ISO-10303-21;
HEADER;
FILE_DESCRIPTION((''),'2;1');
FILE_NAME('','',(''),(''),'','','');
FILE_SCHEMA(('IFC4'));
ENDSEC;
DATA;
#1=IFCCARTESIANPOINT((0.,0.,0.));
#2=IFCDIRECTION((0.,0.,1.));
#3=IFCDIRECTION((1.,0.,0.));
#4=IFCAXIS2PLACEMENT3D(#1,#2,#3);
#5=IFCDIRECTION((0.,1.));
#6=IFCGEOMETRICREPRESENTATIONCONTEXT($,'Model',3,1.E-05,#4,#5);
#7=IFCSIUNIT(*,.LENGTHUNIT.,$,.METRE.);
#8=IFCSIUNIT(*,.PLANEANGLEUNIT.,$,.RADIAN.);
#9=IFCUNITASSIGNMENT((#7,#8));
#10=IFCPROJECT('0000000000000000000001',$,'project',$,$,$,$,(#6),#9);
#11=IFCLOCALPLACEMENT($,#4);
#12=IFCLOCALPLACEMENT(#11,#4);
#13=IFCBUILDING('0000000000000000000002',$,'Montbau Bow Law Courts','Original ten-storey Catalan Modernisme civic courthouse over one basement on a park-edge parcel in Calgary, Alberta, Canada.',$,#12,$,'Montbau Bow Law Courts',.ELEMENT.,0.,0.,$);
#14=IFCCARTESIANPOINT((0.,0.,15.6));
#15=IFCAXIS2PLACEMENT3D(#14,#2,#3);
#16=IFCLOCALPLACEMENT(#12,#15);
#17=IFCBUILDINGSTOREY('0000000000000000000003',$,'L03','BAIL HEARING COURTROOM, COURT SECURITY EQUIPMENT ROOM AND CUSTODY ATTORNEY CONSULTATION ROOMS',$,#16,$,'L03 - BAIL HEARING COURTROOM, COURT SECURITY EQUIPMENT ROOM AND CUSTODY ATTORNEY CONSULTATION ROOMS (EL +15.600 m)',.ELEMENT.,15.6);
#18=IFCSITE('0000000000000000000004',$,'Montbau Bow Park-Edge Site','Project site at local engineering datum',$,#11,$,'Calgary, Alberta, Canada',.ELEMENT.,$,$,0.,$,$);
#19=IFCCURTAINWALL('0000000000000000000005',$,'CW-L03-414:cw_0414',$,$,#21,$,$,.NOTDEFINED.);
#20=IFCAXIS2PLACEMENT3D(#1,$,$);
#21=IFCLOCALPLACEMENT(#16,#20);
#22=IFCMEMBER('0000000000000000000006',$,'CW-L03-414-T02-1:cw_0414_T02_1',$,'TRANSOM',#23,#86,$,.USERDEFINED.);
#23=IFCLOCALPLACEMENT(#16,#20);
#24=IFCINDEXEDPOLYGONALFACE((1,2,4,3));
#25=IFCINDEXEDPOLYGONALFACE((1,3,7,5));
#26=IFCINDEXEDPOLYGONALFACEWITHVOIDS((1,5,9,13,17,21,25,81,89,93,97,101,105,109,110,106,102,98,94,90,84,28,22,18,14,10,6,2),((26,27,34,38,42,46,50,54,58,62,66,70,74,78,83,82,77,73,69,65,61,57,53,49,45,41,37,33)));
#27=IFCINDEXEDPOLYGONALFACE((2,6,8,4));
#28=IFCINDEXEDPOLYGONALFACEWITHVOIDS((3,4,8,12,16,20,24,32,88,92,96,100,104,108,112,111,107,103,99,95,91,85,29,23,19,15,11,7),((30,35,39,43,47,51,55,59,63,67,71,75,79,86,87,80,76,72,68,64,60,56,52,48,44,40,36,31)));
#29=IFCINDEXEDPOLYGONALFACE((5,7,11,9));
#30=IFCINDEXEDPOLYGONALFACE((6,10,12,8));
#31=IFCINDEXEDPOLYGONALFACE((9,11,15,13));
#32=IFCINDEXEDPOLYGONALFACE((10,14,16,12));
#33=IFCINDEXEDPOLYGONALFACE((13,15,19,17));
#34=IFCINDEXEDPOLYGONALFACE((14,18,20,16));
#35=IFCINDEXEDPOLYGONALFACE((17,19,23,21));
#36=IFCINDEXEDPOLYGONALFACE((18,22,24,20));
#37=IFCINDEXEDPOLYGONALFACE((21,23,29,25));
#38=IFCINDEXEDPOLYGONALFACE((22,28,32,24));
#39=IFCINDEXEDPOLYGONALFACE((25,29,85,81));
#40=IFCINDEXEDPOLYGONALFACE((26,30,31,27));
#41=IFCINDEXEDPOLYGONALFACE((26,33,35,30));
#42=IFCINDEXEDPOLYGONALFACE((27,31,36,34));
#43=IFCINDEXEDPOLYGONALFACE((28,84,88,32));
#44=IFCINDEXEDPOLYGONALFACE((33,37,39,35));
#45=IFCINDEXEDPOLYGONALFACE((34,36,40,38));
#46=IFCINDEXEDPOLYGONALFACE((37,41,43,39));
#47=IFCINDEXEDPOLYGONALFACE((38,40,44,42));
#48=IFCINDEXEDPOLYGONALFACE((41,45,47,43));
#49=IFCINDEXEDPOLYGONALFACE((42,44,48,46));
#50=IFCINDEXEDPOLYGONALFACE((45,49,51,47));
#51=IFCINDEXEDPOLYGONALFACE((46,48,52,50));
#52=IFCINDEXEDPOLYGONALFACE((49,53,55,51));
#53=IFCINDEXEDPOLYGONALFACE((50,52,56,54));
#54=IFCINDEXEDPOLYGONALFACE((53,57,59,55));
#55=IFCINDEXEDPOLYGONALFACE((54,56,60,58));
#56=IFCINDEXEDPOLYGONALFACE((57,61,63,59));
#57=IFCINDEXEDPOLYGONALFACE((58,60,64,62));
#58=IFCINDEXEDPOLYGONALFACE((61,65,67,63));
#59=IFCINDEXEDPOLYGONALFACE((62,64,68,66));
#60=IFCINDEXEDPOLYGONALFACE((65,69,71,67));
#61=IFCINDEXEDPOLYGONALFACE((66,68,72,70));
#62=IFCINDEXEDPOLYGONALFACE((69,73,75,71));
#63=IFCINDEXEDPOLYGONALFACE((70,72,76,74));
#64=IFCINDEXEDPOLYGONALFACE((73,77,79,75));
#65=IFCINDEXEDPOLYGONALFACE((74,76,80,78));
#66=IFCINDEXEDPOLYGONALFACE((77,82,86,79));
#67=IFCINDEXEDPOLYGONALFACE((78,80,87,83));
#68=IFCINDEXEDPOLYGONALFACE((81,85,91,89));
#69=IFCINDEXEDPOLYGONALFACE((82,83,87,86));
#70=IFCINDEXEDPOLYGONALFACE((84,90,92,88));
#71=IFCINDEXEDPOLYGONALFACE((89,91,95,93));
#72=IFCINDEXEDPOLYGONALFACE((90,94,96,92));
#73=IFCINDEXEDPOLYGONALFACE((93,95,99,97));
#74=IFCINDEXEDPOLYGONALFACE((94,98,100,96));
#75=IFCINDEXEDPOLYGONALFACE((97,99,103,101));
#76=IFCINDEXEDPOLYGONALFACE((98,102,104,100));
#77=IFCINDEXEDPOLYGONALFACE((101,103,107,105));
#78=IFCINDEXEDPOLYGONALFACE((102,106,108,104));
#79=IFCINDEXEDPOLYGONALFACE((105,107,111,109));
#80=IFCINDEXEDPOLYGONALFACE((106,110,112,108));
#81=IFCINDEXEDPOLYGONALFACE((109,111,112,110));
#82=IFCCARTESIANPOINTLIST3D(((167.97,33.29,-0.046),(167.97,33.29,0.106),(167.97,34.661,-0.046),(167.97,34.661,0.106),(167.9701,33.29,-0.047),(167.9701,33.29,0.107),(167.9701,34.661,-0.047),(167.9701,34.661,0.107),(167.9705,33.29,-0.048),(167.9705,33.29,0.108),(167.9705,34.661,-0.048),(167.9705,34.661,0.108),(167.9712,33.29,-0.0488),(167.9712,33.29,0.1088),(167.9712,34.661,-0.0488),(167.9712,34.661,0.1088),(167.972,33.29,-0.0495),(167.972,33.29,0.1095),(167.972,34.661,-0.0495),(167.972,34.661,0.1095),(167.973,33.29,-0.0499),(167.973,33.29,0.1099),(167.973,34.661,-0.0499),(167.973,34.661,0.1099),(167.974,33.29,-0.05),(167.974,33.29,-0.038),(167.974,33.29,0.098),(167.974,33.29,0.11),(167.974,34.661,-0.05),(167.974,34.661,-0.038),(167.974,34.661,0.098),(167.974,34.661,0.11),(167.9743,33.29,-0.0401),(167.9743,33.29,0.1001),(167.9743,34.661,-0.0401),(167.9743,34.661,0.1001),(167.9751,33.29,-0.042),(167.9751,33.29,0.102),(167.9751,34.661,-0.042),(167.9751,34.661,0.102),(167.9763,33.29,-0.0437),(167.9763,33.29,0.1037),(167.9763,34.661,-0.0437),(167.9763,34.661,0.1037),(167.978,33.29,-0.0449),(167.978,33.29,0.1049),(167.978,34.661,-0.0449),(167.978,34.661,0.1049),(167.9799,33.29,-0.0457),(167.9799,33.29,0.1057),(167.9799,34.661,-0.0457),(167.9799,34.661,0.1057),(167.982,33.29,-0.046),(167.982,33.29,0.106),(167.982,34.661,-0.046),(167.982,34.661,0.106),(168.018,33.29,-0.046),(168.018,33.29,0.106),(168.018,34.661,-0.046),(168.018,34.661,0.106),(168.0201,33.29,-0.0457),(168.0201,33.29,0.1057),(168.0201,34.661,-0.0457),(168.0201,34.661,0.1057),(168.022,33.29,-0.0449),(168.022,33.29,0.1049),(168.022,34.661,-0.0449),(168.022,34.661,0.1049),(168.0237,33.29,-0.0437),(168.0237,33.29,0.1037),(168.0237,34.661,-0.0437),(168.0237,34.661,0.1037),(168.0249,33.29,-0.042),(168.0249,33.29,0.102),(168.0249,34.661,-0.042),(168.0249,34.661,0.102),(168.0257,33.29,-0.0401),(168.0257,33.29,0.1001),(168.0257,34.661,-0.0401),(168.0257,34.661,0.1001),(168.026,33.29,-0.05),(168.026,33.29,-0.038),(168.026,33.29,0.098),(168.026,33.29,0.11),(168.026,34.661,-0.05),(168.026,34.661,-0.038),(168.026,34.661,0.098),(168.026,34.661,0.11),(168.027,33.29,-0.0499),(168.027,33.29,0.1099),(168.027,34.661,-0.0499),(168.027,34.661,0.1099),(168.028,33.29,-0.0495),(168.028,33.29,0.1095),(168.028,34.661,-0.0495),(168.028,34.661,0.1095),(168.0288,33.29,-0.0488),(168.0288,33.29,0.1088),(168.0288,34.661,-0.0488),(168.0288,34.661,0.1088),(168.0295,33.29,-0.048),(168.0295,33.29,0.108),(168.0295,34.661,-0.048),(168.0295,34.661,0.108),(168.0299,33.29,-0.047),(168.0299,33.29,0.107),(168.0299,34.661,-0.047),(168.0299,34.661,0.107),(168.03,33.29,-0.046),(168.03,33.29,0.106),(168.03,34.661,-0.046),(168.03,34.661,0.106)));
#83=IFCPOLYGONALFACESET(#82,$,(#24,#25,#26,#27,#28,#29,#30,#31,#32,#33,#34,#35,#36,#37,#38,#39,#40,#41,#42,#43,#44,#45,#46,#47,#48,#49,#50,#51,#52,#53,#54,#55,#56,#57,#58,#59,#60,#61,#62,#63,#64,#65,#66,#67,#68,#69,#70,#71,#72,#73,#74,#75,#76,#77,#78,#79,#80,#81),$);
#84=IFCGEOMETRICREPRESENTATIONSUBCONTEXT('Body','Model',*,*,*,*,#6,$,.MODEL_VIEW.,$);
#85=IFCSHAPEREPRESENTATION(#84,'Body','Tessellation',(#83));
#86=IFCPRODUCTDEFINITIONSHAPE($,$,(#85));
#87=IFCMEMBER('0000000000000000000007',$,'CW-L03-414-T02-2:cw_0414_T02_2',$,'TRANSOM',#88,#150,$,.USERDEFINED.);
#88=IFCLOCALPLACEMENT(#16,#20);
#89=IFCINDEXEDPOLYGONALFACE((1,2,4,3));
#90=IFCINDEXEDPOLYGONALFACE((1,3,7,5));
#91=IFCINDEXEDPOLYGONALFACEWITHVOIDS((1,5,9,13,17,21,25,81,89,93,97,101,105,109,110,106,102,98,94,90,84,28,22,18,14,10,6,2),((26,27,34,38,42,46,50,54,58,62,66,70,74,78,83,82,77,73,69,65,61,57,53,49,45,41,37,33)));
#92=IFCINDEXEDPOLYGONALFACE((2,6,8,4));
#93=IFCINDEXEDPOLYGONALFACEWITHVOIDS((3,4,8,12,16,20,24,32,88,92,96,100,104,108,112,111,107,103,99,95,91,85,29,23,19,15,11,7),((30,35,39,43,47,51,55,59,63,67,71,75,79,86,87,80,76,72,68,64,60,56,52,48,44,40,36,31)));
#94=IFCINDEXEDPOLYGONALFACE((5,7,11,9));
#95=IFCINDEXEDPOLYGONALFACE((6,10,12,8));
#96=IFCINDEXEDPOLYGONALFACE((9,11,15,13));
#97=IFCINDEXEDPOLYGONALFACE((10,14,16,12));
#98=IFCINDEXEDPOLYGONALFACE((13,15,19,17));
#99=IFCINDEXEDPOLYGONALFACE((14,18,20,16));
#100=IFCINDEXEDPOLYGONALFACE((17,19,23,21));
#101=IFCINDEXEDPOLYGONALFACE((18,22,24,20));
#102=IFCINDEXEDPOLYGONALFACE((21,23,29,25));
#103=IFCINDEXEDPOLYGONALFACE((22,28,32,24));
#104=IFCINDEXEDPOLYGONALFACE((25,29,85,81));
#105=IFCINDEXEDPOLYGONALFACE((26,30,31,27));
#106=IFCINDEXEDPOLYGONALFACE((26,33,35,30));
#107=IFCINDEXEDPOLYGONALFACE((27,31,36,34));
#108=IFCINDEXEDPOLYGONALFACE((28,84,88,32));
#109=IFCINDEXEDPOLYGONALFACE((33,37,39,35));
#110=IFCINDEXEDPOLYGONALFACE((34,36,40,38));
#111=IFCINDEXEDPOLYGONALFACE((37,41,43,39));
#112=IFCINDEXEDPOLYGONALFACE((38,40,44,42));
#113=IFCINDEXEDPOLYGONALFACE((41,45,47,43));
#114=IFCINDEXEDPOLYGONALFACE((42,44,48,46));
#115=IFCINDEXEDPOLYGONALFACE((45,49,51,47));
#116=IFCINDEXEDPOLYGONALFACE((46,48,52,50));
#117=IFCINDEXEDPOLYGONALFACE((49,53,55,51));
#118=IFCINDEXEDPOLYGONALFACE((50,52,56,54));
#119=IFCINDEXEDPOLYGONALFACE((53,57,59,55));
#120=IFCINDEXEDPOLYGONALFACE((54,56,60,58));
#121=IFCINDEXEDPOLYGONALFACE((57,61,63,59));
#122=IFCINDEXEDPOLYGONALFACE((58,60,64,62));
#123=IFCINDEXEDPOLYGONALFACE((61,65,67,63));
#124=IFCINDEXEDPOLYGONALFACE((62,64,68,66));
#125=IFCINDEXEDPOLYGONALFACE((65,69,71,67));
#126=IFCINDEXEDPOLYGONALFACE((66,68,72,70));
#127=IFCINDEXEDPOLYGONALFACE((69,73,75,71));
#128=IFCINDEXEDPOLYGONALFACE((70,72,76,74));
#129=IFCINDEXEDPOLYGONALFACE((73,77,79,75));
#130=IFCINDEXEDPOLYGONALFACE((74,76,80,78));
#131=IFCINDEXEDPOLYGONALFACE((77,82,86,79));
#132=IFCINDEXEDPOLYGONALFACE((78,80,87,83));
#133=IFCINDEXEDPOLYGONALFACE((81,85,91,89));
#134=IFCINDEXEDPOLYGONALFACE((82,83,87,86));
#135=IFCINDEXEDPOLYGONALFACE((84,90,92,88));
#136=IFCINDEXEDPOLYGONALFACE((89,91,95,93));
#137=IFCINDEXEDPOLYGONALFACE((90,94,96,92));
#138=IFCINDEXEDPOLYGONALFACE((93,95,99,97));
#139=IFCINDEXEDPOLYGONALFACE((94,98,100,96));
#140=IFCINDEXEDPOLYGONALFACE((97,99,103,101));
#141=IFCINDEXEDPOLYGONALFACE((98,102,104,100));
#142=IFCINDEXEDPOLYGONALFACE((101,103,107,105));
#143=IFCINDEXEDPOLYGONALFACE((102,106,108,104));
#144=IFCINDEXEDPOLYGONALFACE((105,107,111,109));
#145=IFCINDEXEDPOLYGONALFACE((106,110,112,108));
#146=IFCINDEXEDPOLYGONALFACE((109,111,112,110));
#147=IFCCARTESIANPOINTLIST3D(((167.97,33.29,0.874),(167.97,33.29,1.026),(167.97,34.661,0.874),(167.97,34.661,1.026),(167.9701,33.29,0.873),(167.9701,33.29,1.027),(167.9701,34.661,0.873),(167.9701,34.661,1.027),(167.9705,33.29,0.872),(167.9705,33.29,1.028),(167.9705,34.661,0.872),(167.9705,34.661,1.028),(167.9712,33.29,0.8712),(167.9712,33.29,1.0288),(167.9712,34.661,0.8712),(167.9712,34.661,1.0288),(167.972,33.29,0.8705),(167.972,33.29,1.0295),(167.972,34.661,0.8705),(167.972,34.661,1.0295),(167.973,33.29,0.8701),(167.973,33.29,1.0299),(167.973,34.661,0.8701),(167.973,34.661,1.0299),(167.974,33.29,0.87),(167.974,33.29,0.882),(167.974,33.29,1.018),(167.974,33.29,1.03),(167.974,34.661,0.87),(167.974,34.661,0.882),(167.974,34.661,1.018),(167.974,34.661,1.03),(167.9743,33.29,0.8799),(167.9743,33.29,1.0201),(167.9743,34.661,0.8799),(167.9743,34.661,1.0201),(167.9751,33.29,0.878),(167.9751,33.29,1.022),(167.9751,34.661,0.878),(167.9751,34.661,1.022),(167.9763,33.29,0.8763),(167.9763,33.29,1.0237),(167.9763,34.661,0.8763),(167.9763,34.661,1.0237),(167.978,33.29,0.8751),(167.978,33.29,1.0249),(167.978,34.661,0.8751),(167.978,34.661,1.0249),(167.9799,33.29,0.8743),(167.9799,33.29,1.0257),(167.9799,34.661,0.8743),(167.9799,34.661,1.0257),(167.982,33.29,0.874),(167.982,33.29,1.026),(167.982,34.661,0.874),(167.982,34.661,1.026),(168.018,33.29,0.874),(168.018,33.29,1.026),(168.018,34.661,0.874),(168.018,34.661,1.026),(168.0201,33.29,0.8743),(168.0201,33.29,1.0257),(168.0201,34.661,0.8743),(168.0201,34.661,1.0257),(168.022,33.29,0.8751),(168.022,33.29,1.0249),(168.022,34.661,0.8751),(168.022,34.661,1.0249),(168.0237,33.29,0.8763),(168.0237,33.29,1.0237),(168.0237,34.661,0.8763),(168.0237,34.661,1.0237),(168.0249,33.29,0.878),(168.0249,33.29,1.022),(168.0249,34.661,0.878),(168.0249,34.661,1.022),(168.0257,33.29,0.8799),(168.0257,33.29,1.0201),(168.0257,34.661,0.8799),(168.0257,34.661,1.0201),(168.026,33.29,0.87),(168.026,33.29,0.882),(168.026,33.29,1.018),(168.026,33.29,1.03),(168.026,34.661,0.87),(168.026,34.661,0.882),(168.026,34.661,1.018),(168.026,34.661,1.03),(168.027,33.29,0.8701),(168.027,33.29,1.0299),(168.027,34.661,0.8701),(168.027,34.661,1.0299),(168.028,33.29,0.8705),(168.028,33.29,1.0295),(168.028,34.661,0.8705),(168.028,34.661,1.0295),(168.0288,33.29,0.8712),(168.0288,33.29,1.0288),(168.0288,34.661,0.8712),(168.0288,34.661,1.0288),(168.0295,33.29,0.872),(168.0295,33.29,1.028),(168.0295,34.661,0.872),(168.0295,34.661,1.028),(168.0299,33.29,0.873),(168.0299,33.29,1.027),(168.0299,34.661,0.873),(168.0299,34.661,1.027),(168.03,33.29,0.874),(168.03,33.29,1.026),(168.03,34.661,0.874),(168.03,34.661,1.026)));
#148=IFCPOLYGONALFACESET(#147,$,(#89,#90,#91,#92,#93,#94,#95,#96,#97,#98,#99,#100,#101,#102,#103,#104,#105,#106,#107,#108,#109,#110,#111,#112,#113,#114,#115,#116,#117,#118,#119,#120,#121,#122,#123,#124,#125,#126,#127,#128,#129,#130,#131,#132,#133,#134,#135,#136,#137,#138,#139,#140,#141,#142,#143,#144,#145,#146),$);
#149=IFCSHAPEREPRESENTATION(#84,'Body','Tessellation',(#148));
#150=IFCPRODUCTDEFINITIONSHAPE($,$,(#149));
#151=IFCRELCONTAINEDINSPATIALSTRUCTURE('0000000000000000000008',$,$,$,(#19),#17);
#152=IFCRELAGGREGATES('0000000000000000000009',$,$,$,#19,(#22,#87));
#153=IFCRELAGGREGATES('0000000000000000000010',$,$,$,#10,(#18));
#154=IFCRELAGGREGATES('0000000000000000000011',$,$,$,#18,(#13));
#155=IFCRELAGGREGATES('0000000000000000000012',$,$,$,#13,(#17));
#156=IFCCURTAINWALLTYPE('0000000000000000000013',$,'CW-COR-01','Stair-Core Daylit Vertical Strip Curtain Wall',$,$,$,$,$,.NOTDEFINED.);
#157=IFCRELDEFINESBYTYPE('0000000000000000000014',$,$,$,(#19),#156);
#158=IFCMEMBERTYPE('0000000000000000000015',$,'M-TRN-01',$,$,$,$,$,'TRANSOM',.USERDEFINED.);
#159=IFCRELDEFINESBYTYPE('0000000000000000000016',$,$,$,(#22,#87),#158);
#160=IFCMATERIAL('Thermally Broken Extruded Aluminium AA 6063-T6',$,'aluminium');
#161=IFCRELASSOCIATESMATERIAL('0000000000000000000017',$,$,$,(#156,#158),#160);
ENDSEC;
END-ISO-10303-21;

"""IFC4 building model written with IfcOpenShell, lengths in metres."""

from ifc_helpers import new_model, si_unit, direction, frame, origin_with_axes, origin_2d_with_axis, place, context, subcontext, project, spatial, hollow_rectangle, extrude, material, material_profile, profile_set, type_object, element, aggregate, save


model = new_model("IFC4")

# Units and contexts
model_context = context("Model", 3, precision=1e-05, world=origin_with_axes(), true_north=direction((0.0, 1.0)))
body_context = subcontext(model_context, "Body", "Model", "MODEL_VIEW")
ifc_project = project(units=[si_unit("LENGTHUNIT", "METRE"), si_unit("PLANEANGLEUNIT", "RADIAN")], contexts=[model_context])

# Site, building, storey
site_placement = place(None, origin_with_axes())
site = spatial("IfcSite", under=ifc_project, at=site_placement, Name="Montbau Bow Park-Edge Site", Description="Project site at local engineering datum", LongName="Calgary, Alberta, Canada", CompositionType="ELEMENT", RefElevation=0.0)
building_placement = place(site_placement, origin_with_axes())
building = spatial("IfcBuilding", under=site, at=building_placement, Name="Montbau Bow Law Courts", Description="Original ten-storey Catalan Modernisme civic courthouse over one basement on a park-edge parcel in Calgary, Alberta, Canada.", LongName="Montbau Bow Law Courts", CompositionType="ELEMENT", ElevationOfRefHeight=0.0, ElevationOfTerrain=0.0)
storey_placement = place(building_placement, frame((0.0, 0.0, 15.6), z_axis=(0.0, 0.0, 1.0), x_axis=(1.0, 0.0, 0.0)))
storey = spatial("IfcBuildingStorey", under=building, at=storey_placement, Name="L03", Description="BAIL HEARING COURTROOM, COURT SECURITY EQUIPMENT ROOM AND CUSTODY ATTORNEY CONSULTATION ROOMS", LongName="L03 - BAIL HEARING COURTROOM, COURT SECURITY EQUIPMENT ROOM AND CUSTODY ATTORNEY CONSULTATION ROOMS (EL +15.600 m)", CompositionType="ELEMENT", Elevation=15.6)

# Curtain wall, members
ifc_material_1 = material(Name="Thermally Broken Extruded Aluminium AA 6063-T6", Category="aluminium")
curtain_wall_type = type_object("IfcCurtainWallType", Name="CW-COR-01", Description="Stair-Core Daylit Vertical Strip Curtain Wall", PredefinedType="NOTDEFINED", material=ifc_material_1)
curtain_wall_placement = place(None, frame((168.0, 31.8, 15.6), z_axis=(0.0, 0.0, 1.0), x_axis=(1.0, 0.0, 0.0)))
curtain_wall = element("IfcCurtainWall", 1, at=curtain_wall_placement, inside=storey, type_object=curtain_wall_type, Name="CW-L03-414:cw_0414", PredefinedType="NOTDEFINED")
ifc_material_profile_1 = material_profile(ifc_material_1, hollow_rectangle(XDim=0.06, YDim=0.16, WallThickness=0.004, InnerFilletRadius=0.008, OuterFilletRadius=0.004, at=origin_2d_with_axis()), Name="CWT-160X60", Category="Main", Priority=0)
ifc_profile_set_1 = profile_set([ifc_material_profile_1], Name="Thermally Broken Extruded Aluminium AA 6063-T6")
member_type_1 = type_object("IfcMemberType", Name="M-TRN-01", ElementType="TRANSOM", PredefinedType="USERDEFINED", material=ifc_profile_set_1)
member_1_placement = place(None, frame((168.0, 33.29, 15.63), z_axis=(0.0, 1.0, 0.0), x_axis=(-1.0, 0.0, 0.0)))
member_1 = element("IfcMember", 2, at=member_1_placement, type_object=member_type_1, Name="CW-L03-414-T02-1:cw_0414_T02_1", ObjectType="TRANSOM", PredefinedType="USERDEFINED", context=body_context, shape_type="SweptSolid", body=[
    extrude(hollow_rectangle(XDim=0.06, YDim=0.16, WallThickness=0.004, InnerFilletRadius=0.008, OuterFilletRadius=0.004, at=origin_2d_with_axis()), origin_with_axes(), (0.0, 0.0, 1.0), 1.371),
])
member_2_placement = place(None, frame((168.0, 33.29, 16.55), z_axis=(0.0, 1.0, 0.0), x_axis=(-1.0, 0.0, 0.0)))
member_2 = element("IfcMember", 3, at=member_2_placement, type_object=member_type_1, Name="CW-L03-414-T02-2:cw_0414_T02_2", ObjectType="TRANSOM", PredefinedType="USERDEFINED", context=body_context, shape_type="SweptSolid", body=[
    extrude(hollow_rectangle(XDim=0.06, YDim=0.16, WallThickness=0.004, InnerFilletRadius=0.008, OuterFilletRadius=0.004, at=origin_2d_with_axis()), origin_with_axes(), (0.0, 0.0, 1.0), 1.371),
])
aggregate(curtain_wall, [member_1, member_2])

save(model, "model.ifc")
